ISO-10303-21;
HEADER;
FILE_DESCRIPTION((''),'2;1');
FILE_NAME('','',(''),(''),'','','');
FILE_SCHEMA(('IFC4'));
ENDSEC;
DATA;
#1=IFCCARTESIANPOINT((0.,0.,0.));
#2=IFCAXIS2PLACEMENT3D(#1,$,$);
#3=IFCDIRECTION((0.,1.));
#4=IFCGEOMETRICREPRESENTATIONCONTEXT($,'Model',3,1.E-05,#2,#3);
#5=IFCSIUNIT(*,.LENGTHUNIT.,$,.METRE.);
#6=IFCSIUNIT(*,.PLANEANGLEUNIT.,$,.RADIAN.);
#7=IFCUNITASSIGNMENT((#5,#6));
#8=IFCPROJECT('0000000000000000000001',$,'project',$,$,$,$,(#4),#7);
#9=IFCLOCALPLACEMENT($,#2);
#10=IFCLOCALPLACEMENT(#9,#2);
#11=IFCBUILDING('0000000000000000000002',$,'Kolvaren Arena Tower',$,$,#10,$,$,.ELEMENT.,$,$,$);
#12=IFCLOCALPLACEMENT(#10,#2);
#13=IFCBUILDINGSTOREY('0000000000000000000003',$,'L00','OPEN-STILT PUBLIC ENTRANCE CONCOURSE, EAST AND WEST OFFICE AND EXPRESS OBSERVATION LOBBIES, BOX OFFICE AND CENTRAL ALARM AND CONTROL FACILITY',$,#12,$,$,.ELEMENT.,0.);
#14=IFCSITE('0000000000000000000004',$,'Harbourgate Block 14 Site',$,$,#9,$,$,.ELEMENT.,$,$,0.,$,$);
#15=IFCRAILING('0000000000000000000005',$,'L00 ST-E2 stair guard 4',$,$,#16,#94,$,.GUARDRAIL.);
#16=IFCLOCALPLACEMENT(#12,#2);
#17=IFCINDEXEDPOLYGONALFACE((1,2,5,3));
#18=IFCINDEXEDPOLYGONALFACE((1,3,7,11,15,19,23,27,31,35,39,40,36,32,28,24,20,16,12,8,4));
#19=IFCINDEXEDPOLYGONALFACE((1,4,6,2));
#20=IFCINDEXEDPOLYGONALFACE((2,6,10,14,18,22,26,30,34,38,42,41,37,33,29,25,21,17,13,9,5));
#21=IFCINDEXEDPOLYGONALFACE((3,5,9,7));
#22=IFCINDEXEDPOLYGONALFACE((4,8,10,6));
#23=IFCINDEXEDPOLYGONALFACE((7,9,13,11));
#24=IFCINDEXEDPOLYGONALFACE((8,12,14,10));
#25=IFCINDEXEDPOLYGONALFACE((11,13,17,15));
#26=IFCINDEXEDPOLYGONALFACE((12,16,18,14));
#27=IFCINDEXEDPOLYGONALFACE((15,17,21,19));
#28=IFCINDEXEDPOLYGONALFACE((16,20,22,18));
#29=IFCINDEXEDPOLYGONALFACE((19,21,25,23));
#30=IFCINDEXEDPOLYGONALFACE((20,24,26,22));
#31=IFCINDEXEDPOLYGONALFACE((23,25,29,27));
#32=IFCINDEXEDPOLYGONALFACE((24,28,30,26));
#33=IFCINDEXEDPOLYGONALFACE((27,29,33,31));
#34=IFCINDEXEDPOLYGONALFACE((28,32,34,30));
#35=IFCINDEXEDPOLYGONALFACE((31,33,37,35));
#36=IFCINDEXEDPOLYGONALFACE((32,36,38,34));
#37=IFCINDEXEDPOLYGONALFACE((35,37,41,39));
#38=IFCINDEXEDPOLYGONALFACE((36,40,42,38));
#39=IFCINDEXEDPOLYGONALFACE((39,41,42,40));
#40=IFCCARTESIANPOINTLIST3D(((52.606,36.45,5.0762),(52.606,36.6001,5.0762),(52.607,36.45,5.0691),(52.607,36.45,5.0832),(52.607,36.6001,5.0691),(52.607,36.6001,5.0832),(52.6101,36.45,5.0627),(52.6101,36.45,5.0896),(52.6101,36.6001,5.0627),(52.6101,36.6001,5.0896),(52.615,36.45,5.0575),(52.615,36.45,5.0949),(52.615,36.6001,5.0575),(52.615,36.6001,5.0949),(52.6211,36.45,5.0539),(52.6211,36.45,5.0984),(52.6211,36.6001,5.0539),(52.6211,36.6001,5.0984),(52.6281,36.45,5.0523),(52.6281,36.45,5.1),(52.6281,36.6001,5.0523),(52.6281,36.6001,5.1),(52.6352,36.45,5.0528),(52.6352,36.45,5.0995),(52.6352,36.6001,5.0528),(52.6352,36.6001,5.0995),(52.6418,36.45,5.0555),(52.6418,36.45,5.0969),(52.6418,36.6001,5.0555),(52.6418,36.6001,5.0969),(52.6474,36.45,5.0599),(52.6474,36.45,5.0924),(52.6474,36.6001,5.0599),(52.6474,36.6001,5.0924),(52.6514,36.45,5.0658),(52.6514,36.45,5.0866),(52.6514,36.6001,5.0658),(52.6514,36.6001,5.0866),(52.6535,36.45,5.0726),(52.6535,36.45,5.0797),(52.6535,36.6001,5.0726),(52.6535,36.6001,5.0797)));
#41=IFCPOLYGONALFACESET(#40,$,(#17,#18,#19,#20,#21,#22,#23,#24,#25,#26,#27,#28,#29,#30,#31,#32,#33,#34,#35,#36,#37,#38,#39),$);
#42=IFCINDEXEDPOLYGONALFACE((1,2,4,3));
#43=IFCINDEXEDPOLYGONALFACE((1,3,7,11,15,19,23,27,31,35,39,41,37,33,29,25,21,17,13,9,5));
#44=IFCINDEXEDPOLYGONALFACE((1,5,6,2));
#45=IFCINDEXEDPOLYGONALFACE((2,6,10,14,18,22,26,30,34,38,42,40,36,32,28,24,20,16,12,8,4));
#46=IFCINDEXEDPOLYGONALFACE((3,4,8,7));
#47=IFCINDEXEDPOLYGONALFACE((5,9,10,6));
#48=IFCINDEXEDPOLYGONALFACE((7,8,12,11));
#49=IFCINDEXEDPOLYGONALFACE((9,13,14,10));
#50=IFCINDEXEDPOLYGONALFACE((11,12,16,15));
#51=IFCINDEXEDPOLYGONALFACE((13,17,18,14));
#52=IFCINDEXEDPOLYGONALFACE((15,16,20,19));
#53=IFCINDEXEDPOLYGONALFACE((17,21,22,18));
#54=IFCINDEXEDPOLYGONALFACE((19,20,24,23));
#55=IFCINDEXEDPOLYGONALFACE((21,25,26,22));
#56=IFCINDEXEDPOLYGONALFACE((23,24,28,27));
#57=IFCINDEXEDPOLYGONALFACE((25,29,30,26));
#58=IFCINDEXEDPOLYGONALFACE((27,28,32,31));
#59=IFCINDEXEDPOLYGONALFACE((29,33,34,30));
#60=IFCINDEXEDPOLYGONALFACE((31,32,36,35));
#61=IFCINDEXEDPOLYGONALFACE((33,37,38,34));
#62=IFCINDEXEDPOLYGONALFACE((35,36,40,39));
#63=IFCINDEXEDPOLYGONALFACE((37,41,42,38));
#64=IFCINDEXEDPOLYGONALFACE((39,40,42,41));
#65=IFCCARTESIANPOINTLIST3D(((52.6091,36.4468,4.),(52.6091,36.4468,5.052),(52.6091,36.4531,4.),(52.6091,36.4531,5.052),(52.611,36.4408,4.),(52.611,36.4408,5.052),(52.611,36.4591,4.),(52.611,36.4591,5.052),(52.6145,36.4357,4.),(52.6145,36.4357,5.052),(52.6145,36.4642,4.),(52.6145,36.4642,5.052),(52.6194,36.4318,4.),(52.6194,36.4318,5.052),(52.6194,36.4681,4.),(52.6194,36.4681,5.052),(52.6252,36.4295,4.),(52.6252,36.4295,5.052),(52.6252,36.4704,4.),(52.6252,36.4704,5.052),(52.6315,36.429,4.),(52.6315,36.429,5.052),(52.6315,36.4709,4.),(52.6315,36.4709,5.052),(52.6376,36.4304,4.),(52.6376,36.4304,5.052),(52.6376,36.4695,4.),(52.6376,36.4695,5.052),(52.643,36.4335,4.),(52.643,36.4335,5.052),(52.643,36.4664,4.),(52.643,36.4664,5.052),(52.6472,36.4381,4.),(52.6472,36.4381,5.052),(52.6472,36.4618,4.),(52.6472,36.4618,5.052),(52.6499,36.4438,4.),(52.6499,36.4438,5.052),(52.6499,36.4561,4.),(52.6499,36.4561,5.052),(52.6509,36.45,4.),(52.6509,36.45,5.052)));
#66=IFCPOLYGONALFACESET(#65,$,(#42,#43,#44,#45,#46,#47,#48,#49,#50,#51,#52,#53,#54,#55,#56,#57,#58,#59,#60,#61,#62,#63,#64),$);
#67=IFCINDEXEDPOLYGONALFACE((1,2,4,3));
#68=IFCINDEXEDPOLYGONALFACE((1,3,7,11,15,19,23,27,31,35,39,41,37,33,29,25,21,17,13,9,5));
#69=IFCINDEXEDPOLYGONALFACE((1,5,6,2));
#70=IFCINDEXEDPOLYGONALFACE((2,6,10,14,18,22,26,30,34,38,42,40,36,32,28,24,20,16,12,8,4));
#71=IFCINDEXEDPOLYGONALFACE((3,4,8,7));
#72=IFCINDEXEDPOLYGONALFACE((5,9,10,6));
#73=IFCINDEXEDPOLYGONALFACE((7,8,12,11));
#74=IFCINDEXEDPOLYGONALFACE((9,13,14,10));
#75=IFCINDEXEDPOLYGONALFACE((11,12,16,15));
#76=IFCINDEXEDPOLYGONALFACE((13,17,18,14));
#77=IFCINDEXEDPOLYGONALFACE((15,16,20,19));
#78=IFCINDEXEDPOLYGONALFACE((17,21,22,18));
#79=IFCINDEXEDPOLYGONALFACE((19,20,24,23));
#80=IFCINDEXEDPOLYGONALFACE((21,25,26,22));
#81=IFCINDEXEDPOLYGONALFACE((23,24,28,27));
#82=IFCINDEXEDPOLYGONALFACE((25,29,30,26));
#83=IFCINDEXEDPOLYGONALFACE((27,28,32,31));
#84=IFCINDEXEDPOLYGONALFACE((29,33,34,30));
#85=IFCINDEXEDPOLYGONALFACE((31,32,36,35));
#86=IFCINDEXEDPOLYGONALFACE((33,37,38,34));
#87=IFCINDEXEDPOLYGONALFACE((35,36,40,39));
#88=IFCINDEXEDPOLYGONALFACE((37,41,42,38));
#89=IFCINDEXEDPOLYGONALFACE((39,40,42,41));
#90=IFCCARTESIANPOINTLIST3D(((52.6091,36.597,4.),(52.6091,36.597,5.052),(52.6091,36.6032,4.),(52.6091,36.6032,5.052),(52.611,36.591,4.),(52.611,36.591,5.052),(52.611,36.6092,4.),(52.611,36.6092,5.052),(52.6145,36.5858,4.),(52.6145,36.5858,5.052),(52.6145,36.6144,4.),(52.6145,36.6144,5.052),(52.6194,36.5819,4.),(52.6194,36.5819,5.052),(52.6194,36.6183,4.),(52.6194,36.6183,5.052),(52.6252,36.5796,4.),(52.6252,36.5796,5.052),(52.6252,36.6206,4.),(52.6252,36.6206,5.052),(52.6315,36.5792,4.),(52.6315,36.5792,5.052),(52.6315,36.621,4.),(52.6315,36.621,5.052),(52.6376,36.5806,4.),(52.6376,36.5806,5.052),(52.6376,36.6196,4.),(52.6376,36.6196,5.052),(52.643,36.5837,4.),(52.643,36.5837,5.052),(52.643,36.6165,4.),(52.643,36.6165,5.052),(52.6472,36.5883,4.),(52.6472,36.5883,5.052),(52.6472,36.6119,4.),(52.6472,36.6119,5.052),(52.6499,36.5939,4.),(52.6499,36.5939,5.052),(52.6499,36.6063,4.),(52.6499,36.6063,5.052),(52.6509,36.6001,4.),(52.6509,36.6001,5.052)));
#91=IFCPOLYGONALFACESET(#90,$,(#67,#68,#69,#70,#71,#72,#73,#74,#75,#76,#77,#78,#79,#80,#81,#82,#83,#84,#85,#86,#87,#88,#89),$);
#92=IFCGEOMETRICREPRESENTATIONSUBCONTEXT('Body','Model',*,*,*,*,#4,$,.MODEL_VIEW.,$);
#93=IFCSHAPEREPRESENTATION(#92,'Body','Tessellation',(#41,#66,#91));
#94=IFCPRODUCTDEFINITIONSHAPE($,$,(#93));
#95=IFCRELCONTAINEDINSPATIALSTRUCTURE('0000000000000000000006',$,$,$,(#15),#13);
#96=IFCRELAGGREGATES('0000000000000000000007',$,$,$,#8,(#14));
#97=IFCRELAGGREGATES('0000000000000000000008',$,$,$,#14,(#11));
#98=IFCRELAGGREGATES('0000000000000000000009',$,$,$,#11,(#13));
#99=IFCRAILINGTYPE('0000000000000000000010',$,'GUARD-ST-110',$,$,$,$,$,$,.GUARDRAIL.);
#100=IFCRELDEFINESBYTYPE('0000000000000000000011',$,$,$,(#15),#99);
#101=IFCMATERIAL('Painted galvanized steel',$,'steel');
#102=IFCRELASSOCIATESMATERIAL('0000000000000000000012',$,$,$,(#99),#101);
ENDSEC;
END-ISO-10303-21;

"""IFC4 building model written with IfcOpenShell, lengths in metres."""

from ifc_helpers import new_model, si_unit, direction, frame, origin, origin_2d, place, context, subcontext, project, spatial, circle, extrude, material, type_object, element, save


model = new_model("IFC4")

# Units and contexts
model_context = context("Model", 3, precision=1e-05, world=origin(), true_north=direction((0.0, 1.0)))
body_context = subcontext(model_context, "Body", "Model", "MODEL_VIEW")
ifc_project = project(units=[si_unit("LENGTHUNIT", "METRE"), si_unit("PLANEANGLEUNIT", "RADIAN")], contexts=[model_context])

# Site, building, storey
site_placement = place(None, origin())
site = spatial("IfcSite", under=ifc_project, at=site_placement, Name="Harbourgate Block 14 Site", CompositionType="ELEMENT", RefElevation=0.0)
building_placement = place(site_placement, origin())
building = spatial("IfcBuilding", under=site, at=building_placement, Name="Kolvaren Arena Tower", CompositionType="ELEMENT")
storey_placement = place(building_placement, origin())
storey = spatial("IfcBuildingStorey", under=building, at=storey_placement, Name="L00", Description="OPEN-STILT PUBLIC ENTRANCE CONCOURSE, EAST AND WEST OFFICE AND EXPRESS OBSERVATION LOBBIES, BOX OFFICE AND CENTRAL ALARM AND CONTROL FACILITY", CompositionType="ELEMENT", Elevation=0.0)

# Railing
ifc_material_1 = material(Name="Painted galvanized steel", Category="steel")
railing_type_1 = type_object("IfcRailingType", Name="GUARD-ST-110", PredefinedType="GUARDRAIL", material=ifc_material_1)
railing_1_placement = place(storey_placement, frame((52.6299, 36.45, 4.0)))
element("IfcRailing", 1, at=railing_1_placement, inside=storey, type_object=railing_type_1, Name="L00 ST-E2 stair guard 4", PredefinedType="GUARDRAIL", context=body_context, shape_type="SweptSolid", body=[
    extrude(circle(Radius=0.0239, at=origin_2d()), frame((0.0, 0.0, 1.0762), z_axis=(0.0, 1.0, 0.0), x_axis=(-1.0, 0.0, 0.0)), (0.0, 0.0, 1.0), 0.1501),
    extrude(circle(Radius=0.021, at=origin_2d()), origin(), (0.0, 0.0, 1.0), 1.052),
    extrude(circle(Radius=0.021, at=origin_2d()), frame((0.0, 0.1501, 0.0)), (0.0, 0.0, 1.0), 1.052),
])

save(model, "model.ifc")
